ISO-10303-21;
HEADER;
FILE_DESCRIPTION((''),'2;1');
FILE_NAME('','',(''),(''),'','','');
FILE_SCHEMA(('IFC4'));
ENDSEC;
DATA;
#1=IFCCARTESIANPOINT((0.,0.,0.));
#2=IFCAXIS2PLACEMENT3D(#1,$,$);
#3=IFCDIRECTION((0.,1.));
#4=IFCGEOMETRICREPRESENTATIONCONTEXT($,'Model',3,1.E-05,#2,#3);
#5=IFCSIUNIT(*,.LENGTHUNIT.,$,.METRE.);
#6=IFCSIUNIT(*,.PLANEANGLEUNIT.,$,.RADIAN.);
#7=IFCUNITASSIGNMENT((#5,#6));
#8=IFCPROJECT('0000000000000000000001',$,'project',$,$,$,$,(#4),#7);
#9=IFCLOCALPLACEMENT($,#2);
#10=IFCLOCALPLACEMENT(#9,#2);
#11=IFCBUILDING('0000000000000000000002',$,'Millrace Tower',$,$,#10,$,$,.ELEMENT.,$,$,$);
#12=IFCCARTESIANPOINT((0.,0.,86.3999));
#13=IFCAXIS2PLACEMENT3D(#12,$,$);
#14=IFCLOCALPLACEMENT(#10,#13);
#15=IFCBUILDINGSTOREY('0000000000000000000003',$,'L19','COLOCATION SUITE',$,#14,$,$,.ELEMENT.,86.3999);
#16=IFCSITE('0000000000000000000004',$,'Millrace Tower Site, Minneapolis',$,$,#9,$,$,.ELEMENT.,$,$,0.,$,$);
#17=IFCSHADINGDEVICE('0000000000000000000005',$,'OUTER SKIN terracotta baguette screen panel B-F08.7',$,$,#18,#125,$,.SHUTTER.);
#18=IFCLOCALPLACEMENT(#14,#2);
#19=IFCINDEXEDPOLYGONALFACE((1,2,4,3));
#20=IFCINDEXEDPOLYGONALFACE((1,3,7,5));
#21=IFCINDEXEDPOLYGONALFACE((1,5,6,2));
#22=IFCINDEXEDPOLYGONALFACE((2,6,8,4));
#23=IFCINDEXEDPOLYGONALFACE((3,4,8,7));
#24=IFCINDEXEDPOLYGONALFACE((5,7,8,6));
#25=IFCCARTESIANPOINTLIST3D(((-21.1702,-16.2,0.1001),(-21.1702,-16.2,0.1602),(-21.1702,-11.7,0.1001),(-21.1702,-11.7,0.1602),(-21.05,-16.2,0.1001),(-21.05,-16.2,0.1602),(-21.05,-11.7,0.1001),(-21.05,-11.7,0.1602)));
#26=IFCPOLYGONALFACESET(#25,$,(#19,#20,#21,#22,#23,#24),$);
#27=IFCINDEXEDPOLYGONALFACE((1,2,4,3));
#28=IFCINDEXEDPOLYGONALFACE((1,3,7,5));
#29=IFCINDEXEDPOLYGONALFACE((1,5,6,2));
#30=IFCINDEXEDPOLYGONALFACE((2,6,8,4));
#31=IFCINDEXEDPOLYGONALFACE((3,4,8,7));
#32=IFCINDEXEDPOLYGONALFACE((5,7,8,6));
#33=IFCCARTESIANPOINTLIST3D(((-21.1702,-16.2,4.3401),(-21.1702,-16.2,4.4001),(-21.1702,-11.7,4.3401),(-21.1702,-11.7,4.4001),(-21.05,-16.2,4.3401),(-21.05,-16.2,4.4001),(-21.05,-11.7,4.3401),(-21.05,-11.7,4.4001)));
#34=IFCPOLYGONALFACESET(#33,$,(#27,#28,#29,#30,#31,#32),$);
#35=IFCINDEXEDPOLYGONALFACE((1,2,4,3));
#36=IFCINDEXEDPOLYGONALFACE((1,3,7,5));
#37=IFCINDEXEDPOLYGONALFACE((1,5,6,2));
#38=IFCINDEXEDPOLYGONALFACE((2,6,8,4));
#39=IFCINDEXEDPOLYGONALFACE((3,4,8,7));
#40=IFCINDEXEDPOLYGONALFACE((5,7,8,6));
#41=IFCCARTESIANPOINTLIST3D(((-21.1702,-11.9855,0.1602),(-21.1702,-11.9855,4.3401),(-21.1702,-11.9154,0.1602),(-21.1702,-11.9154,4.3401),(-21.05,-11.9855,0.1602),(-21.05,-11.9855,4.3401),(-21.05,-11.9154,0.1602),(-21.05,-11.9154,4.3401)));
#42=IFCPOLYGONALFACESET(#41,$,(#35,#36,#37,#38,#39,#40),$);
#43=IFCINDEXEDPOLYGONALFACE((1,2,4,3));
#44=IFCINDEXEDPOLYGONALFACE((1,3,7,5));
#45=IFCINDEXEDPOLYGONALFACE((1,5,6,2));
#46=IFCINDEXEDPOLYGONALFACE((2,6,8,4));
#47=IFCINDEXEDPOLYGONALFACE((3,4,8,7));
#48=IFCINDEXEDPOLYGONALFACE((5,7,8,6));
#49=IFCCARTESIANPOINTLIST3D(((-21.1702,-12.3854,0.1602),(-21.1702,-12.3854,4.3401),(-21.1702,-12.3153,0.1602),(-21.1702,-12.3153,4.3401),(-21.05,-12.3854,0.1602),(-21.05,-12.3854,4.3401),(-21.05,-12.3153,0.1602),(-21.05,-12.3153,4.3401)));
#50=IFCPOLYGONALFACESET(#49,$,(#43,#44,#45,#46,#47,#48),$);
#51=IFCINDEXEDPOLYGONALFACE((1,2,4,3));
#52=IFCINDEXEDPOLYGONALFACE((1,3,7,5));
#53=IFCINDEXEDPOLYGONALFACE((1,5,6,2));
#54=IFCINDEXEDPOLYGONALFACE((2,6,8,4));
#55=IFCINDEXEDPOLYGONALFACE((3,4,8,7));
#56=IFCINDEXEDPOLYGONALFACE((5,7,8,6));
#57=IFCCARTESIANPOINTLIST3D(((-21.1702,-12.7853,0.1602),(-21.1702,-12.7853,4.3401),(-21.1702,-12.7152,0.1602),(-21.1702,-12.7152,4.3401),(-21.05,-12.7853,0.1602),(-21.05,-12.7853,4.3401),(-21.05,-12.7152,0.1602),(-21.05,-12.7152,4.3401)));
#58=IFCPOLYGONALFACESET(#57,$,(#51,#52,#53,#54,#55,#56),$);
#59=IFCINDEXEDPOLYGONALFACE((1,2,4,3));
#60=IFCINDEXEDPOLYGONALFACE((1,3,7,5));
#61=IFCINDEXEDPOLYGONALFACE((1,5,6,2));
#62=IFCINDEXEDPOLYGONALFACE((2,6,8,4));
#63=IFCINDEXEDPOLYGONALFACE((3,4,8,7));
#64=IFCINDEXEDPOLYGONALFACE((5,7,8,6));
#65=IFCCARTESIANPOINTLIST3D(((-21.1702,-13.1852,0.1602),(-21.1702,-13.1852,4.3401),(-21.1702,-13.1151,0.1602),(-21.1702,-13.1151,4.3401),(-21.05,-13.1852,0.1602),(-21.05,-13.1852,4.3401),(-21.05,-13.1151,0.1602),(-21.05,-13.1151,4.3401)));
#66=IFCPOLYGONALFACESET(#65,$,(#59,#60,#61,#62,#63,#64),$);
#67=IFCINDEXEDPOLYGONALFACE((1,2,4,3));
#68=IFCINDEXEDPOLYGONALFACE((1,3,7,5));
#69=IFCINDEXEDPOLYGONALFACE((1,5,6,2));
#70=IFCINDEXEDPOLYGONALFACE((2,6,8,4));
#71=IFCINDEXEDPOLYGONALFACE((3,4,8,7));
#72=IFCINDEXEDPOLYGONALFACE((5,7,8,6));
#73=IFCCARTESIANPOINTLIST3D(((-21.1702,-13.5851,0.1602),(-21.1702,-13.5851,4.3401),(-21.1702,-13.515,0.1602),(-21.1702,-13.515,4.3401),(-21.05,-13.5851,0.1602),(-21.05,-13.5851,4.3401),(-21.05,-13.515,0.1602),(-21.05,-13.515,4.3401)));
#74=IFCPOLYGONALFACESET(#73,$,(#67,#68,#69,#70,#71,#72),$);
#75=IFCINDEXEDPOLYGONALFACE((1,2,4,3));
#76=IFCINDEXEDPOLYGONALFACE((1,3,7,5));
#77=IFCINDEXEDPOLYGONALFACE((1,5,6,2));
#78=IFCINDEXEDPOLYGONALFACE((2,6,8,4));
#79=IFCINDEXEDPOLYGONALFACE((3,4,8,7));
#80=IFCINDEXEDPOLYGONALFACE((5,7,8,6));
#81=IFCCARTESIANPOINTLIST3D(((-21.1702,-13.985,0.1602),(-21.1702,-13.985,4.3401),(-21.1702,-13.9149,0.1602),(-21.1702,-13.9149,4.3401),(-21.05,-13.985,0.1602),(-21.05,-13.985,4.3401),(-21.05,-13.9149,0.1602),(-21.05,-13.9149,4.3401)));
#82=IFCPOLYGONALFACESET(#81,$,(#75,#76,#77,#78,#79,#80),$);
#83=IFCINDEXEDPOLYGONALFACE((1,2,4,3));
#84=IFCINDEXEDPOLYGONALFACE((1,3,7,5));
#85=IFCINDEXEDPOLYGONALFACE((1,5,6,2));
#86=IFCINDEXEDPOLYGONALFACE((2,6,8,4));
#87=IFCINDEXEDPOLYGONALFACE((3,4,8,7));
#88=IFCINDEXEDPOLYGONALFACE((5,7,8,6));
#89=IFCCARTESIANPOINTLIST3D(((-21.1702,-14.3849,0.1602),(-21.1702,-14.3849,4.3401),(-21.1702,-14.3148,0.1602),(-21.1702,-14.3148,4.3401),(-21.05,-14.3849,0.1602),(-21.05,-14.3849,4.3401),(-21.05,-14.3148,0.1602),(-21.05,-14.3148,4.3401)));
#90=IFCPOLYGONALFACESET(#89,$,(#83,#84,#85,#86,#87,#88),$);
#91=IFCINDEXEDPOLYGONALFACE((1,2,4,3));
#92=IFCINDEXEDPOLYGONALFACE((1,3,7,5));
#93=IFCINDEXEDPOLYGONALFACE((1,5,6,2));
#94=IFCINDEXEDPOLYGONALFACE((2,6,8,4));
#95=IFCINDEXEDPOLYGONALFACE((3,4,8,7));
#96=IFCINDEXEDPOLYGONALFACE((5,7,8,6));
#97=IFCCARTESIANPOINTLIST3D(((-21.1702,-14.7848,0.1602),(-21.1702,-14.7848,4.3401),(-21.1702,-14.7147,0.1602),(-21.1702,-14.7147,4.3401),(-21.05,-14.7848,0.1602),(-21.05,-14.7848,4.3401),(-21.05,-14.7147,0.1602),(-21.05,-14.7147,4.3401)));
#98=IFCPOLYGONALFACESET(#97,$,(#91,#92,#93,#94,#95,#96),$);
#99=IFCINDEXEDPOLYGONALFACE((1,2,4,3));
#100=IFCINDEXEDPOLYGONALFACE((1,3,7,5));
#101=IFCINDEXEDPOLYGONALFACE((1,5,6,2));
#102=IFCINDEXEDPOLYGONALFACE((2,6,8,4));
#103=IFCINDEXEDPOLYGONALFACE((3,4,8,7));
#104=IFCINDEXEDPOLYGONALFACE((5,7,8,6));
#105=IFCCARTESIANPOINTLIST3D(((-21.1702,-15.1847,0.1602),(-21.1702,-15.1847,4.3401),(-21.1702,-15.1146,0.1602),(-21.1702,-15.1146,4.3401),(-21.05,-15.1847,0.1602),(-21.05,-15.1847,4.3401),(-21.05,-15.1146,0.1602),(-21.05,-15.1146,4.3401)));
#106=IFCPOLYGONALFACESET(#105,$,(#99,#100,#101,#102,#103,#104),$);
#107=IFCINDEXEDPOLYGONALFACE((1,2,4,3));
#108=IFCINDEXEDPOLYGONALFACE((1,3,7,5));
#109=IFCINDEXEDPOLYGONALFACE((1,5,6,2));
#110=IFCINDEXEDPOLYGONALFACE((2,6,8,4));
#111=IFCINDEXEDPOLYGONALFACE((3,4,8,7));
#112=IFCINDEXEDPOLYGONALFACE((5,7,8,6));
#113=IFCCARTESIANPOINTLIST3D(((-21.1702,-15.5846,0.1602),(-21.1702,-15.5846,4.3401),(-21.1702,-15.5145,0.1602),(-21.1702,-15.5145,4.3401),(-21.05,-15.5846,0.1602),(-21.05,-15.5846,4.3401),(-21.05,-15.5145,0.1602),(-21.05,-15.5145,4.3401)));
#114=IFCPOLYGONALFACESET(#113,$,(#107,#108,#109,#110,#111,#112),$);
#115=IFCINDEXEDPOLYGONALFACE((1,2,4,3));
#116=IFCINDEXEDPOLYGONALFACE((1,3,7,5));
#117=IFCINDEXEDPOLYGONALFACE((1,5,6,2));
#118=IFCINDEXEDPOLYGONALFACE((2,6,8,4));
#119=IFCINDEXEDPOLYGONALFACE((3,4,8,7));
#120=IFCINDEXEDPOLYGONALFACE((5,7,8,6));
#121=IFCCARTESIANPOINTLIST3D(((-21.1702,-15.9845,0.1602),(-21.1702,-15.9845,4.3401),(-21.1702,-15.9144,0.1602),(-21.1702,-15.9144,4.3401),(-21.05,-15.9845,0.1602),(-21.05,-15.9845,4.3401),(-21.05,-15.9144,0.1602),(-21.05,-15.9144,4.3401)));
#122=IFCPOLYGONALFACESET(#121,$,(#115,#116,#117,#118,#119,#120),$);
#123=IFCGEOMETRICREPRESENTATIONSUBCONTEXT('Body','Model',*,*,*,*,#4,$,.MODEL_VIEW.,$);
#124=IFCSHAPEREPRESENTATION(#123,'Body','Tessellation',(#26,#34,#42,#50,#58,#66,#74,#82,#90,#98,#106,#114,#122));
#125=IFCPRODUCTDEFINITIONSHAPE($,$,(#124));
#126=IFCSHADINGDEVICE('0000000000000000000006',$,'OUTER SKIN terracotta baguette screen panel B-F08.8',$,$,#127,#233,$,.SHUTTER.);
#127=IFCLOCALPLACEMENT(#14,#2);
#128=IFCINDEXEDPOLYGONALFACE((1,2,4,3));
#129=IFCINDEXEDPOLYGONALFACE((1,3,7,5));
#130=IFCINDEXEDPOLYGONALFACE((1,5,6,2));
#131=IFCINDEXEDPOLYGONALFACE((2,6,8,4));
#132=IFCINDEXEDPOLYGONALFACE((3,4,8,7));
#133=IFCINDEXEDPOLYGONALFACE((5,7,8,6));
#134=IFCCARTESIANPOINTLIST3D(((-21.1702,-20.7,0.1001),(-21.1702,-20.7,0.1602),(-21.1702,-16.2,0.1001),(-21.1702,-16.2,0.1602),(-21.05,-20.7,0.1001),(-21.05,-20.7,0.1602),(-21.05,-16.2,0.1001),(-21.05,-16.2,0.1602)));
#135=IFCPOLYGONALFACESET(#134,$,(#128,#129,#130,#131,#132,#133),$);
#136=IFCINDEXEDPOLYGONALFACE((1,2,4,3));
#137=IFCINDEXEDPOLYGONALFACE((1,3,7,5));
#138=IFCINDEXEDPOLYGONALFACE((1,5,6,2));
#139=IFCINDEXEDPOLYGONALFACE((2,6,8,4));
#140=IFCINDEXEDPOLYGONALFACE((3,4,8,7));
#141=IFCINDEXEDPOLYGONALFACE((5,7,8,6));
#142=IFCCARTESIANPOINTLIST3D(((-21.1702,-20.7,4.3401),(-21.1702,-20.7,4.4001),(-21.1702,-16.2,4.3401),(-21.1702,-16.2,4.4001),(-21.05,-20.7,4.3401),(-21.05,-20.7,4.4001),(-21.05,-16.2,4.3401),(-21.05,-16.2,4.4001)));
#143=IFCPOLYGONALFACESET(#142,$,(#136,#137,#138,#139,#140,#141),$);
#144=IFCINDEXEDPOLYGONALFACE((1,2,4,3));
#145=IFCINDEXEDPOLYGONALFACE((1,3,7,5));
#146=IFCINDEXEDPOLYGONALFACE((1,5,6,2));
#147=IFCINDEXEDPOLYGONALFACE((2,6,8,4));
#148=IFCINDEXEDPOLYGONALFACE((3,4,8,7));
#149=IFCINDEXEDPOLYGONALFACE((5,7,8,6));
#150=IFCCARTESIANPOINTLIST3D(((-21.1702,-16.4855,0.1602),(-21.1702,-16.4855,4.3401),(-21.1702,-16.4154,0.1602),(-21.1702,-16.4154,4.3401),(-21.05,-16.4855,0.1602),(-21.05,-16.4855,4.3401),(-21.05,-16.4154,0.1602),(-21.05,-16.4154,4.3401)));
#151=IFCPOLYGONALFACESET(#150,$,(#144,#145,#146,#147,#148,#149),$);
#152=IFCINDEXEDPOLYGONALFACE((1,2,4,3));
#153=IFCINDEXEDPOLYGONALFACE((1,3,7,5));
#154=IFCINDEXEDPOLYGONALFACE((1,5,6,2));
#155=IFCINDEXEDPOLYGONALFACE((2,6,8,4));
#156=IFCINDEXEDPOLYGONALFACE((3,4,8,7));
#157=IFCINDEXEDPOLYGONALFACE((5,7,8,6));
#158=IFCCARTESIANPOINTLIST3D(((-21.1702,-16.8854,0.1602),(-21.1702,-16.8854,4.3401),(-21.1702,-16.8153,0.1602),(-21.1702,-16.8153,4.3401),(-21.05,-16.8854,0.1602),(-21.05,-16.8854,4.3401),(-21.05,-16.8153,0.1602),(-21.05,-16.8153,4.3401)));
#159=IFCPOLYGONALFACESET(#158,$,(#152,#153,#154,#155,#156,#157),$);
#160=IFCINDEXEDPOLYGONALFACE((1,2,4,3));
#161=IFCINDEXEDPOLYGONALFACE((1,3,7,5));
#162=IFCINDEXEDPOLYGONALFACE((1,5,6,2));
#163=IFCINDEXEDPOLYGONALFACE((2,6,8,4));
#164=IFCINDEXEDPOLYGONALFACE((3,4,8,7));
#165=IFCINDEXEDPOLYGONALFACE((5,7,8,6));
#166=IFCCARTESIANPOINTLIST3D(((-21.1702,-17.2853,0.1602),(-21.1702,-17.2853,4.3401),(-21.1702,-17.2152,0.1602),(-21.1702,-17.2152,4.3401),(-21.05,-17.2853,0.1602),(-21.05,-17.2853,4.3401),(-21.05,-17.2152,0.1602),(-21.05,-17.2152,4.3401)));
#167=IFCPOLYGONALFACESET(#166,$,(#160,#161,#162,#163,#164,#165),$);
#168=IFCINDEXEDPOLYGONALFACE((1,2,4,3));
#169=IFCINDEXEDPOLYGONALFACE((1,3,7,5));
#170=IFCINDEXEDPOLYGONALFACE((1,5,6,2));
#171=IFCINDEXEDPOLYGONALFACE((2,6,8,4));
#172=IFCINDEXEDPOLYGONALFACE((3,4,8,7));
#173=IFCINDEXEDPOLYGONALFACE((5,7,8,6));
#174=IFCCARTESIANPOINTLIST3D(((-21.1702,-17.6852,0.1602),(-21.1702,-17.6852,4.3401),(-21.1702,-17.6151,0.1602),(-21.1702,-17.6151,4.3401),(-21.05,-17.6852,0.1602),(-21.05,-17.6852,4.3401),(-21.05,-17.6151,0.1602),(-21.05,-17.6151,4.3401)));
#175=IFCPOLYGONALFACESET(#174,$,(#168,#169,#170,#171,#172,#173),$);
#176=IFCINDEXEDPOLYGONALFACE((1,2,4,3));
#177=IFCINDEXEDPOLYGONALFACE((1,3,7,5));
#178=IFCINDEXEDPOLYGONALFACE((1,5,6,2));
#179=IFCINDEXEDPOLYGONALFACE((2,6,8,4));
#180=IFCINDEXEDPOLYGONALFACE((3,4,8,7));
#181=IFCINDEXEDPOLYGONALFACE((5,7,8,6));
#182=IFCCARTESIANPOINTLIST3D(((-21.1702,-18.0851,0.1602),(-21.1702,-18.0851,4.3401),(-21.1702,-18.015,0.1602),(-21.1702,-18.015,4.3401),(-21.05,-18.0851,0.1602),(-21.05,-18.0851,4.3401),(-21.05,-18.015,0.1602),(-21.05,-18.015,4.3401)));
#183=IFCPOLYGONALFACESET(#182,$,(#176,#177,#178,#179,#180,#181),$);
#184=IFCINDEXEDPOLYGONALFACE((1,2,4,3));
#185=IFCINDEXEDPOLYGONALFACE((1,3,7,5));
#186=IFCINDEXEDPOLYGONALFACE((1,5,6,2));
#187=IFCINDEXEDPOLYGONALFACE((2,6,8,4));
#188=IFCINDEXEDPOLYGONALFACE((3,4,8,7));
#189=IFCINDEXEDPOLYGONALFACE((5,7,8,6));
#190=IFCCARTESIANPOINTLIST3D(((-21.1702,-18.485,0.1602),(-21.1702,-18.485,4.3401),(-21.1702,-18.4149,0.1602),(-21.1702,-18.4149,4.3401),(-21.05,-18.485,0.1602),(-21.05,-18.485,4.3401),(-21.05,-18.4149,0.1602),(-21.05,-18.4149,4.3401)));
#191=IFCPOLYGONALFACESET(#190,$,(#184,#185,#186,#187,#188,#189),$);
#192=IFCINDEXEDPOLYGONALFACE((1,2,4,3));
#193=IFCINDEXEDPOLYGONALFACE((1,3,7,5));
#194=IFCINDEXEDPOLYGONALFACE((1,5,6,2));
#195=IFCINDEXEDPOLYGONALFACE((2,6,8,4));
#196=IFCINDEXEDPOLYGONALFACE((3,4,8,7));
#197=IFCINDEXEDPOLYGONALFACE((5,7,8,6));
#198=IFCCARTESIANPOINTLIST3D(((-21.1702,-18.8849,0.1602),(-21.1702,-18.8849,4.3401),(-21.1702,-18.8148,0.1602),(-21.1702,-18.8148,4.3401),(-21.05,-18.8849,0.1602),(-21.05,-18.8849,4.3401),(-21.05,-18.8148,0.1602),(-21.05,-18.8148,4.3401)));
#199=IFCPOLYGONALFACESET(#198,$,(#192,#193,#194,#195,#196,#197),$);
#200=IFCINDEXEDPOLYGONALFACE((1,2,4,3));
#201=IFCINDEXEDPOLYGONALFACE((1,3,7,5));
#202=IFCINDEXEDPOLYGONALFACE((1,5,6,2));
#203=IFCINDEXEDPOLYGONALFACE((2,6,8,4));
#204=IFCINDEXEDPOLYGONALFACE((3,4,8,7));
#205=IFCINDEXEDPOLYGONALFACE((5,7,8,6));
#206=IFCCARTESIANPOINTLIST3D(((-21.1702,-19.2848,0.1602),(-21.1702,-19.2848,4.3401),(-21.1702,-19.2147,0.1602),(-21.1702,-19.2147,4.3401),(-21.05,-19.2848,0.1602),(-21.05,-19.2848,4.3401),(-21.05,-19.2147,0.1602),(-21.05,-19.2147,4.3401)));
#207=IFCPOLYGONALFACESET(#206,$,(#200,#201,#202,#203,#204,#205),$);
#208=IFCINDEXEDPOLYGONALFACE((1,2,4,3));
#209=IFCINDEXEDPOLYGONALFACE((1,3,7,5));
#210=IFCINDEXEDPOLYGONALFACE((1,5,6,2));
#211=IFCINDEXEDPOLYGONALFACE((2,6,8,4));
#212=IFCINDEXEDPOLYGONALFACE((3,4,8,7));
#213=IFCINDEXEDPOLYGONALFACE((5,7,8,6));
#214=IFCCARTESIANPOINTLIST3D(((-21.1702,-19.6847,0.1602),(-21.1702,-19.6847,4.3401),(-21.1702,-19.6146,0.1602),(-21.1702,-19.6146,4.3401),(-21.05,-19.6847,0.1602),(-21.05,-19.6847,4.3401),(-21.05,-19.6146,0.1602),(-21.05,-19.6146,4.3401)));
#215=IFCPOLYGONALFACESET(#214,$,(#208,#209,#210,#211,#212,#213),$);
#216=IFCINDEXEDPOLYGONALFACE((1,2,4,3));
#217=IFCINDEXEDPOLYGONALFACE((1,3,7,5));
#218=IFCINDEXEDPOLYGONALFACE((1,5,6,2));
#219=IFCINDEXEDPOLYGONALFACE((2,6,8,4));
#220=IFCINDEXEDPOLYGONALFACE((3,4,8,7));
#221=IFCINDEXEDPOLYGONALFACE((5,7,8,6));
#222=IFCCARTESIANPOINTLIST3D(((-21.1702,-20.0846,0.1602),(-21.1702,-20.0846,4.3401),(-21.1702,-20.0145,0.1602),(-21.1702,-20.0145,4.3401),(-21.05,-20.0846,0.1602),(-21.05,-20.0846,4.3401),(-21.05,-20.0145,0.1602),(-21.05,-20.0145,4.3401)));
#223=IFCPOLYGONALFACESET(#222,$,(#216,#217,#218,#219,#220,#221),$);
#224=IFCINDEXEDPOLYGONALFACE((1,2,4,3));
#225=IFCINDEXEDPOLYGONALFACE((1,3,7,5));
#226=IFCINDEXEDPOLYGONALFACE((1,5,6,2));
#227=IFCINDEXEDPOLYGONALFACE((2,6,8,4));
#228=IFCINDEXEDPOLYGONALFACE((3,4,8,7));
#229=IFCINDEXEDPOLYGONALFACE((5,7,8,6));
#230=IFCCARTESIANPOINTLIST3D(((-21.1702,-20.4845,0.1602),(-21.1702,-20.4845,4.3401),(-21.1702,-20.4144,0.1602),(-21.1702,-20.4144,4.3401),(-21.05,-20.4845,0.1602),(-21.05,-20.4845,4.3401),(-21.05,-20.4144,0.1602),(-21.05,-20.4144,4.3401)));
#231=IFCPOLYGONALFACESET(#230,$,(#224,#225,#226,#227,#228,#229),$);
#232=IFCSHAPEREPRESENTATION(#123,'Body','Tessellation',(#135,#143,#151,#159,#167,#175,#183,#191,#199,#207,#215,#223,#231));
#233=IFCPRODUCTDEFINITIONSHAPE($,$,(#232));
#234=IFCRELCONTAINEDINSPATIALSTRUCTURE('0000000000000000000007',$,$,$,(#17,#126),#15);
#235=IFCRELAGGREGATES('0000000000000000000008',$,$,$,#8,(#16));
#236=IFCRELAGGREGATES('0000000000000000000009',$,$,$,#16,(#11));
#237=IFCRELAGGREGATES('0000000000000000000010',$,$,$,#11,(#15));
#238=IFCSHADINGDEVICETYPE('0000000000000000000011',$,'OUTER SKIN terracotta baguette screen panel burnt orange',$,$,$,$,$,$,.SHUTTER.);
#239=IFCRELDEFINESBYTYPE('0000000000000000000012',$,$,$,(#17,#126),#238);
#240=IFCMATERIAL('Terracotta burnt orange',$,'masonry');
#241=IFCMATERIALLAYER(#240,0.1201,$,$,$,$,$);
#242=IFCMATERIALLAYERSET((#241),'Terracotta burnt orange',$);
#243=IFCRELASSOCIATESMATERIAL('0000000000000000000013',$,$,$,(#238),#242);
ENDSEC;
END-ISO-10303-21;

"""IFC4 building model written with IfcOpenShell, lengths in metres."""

from ifc_helpers import new_model, entity, si_unit, direction, frame, frame_2d, origin, origin_2d, place, context, subcontext, project, spatial, rectangle, extrude, source, transform, mapped, material, layer, layer_set, type_object, element, save


model = new_model("IFC4")

# Units and contexts
model_context = context("Model", 3, precision=1e-05, world=origin(), true_north=direction((0.0, 1.0)))
body_context = subcontext(model_context, "Body", "Model", "MODEL_VIEW")
ifc_project = project(units=[si_unit("LENGTHUNIT", "METRE"), si_unit("PLANEANGLEUNIT", "RADIAN")], contexts=[model_context])

# Site, building, storey
site_placement = place(None, origin())
site = spatial("IfcSite", under=ifc_project, at=site_placement, Name="Millrace Tower Site, Minneapolis", CompositionType="ELEMENT", RefElevation=0.0)
building_placement = place(site_placement, origin())
building = spatial("IfcBuilding", under=site, at=building_placement, Name="Millrace Tower", CompositionType="ELEMENT")
storey_placement = place(building_placement, frame((0.0, 0.0, 86.3999)))
storey = spatial("IfcBuildingStorey", under=building, at=storey_placement, Name="L19", Description="COLOCATION SUITE", CompositionType="ELEMENT", Elevation=86.3999)

# Shading devices
ifc_material_1 = material(Name="Terracotta burnt orange", Category="masonry")
ifc_layer_1 = layer(ifc_material_1, 0.1201)
ifc_layer_set_1 = layer_set([ifc_layer_1], Name="Terracotta burnt orange")
shading_device_type = type_object("IfcShadingDeviceType", Name="OUTER SKIN terracotta baguette screen panel burnt orange", PredefinedType="SHUTTER", material=ifc_layer_set_1)
cartesian_point_1 = entity("IfcCartesianPoint", [-2.25, 0.0601])
shared_polyline_1 = entity("IfcPolyline", [cartesian_point_1, entity("IfcCartesianPoint", [2.25, 0.0601]), entity("IfcCartesianPoint", [2.25, -0.0601]), entity("IfcCartesianPoint", [-2.25, -0.0601]), cartesian_point_1])
shared_shape_1 = source(origin(), body_context, "Body", "SweptSolid", [
    entity("IfcExtrudedAreaSolid", entity("IfcArbitraryClosedProfileDef", "AREA", None, shared_polyline_1), entity("IfcAxis2Placement3D", entity("IfcCartesianPoint", [0.0, 0.0, 0.0])), entity("IfcDirection", [0.0, 0.0, 1.0]), 0.0601),
    entity("IfcExtrudedAreaSolid", entity("IfcArbitraryClosedProfileDef", "AREA", None, shared_polyline_1), entity("IfcAxis2Placement3D", entity("IfcCartesianPoint", [0.0, 0.0, 4.24])), entity("IfcDirection", [0.0, 0.0, 1.0]), 0.0601),
    extrude(rectangle(XDim=0.0701, YDim=0.1201, at=frame_2d((-1.9995, 0.0))), frame((0.0, 0.0, 0.0601)), (0.0, 0.0, 1.0), 4.1799),
    extrude(rectangle(XDim=0.0701, YDim=0.1201, at=frame_2d((-1.5996, 0.0))), frame((0.0, 0.0, 0.0601)), (0.0, 0.0, 1.0), 4.1799),
    extrude(rectangle(XDim=0.0701, YDim=0.1201, at=frame_2d((-1.1997, 0.0))), frame((0.0, 0.0, 0.0601)), (0.0, 0.0, 1.0), 4.1799),
    extrude(rectangle(XDim=0.0701, YDim=0.1201, at=frame_2d((-0.7998, 0.0))), frame((0.0, 0.0, 0.0601)), (0.0, 0.0, 1.0), 4.1799),
    extrude(rectangle(XDim=0.0701, YDim=0.1201, at=frame_2d((-0.3999, 0.0))), frame((0.0, 0.0, 0.0601)), (0.0, 0.0, 1.0), 4.1799),
    extrude(rectangle(XDim=0.0701, YDim=0.1201, at=origin_2d()), frame((0.0, 0.0, 0.0601)), (0.0, 0.0, 1.0), 4.1799),
    extrude(rectangle(XDim=0.0701, YDim=0.1201, at=frame_2d((0.3999, 0.0))), frame((0.0, 0.0, 0.0601)), (0.0, 0.0, 1.0), 4.1799),
    extrude(rectangle(XDim=0.0701, YDim=0.1201, at=frame_2d((0.7998, 0.0))), frame((0.0, 0.0, 0.0601)), (0.0, 0.0, 1.0), 4.1799),
    extrude(rectangle(XDim=0.0701, YDim=0.1201, at=frame_2d((1.1997, 0.0))), frame((0.0, 0.0, 0.0601)), (0.0, 0.0, 1.0), 4.1799),
    extrude(rectangle(XDim=0.0701, YDim=0.1201, at=frame_2d((1.5996, 0.0))), frame((0.0, 0.0, 0.0601)), (0.0, 0.0, 1.0), 4.1799),
    extrude(rectangle(XDim=0.0701, YDim=0.1201, at=frame_2d((1.9995, 0.0))), frame((0.0, 0.0, 0.0601)), (0.0, 0.0, 1.0), 4.1799),
])
for number, where, z_axis, x_axis, name in (
    (1, (-21.1101, -13.95, 0.1001), (0.0, 0.0, 1.0), (0.0, -1.0, 0.0), "OUTER SKIN terracotta baguette screen panel B-F08.7"),
    (2, (-21.1101, -18.45, 0.1001), (0.0, 0.0, 1.0), (0.0, -1.0, 0.0), "OUTER SKIN terracotta baguette screen panel B-F08.8"),
):
    element("IfcShadingDevice", number, at=place(storey_placement, frame(where, z_axis=z_axis, x_axis=x_axis)), inside=storey, type_object=shading_device_type, Name=name, PredefinedType="SHUTTER", context=body_context, shape_type="MappedRepresentation", body=[
        mapped(shared_shape_1, transform((0.0, 0.0, 0.0), scale=1.0)),
    ])

save(model, "model.ifc")
